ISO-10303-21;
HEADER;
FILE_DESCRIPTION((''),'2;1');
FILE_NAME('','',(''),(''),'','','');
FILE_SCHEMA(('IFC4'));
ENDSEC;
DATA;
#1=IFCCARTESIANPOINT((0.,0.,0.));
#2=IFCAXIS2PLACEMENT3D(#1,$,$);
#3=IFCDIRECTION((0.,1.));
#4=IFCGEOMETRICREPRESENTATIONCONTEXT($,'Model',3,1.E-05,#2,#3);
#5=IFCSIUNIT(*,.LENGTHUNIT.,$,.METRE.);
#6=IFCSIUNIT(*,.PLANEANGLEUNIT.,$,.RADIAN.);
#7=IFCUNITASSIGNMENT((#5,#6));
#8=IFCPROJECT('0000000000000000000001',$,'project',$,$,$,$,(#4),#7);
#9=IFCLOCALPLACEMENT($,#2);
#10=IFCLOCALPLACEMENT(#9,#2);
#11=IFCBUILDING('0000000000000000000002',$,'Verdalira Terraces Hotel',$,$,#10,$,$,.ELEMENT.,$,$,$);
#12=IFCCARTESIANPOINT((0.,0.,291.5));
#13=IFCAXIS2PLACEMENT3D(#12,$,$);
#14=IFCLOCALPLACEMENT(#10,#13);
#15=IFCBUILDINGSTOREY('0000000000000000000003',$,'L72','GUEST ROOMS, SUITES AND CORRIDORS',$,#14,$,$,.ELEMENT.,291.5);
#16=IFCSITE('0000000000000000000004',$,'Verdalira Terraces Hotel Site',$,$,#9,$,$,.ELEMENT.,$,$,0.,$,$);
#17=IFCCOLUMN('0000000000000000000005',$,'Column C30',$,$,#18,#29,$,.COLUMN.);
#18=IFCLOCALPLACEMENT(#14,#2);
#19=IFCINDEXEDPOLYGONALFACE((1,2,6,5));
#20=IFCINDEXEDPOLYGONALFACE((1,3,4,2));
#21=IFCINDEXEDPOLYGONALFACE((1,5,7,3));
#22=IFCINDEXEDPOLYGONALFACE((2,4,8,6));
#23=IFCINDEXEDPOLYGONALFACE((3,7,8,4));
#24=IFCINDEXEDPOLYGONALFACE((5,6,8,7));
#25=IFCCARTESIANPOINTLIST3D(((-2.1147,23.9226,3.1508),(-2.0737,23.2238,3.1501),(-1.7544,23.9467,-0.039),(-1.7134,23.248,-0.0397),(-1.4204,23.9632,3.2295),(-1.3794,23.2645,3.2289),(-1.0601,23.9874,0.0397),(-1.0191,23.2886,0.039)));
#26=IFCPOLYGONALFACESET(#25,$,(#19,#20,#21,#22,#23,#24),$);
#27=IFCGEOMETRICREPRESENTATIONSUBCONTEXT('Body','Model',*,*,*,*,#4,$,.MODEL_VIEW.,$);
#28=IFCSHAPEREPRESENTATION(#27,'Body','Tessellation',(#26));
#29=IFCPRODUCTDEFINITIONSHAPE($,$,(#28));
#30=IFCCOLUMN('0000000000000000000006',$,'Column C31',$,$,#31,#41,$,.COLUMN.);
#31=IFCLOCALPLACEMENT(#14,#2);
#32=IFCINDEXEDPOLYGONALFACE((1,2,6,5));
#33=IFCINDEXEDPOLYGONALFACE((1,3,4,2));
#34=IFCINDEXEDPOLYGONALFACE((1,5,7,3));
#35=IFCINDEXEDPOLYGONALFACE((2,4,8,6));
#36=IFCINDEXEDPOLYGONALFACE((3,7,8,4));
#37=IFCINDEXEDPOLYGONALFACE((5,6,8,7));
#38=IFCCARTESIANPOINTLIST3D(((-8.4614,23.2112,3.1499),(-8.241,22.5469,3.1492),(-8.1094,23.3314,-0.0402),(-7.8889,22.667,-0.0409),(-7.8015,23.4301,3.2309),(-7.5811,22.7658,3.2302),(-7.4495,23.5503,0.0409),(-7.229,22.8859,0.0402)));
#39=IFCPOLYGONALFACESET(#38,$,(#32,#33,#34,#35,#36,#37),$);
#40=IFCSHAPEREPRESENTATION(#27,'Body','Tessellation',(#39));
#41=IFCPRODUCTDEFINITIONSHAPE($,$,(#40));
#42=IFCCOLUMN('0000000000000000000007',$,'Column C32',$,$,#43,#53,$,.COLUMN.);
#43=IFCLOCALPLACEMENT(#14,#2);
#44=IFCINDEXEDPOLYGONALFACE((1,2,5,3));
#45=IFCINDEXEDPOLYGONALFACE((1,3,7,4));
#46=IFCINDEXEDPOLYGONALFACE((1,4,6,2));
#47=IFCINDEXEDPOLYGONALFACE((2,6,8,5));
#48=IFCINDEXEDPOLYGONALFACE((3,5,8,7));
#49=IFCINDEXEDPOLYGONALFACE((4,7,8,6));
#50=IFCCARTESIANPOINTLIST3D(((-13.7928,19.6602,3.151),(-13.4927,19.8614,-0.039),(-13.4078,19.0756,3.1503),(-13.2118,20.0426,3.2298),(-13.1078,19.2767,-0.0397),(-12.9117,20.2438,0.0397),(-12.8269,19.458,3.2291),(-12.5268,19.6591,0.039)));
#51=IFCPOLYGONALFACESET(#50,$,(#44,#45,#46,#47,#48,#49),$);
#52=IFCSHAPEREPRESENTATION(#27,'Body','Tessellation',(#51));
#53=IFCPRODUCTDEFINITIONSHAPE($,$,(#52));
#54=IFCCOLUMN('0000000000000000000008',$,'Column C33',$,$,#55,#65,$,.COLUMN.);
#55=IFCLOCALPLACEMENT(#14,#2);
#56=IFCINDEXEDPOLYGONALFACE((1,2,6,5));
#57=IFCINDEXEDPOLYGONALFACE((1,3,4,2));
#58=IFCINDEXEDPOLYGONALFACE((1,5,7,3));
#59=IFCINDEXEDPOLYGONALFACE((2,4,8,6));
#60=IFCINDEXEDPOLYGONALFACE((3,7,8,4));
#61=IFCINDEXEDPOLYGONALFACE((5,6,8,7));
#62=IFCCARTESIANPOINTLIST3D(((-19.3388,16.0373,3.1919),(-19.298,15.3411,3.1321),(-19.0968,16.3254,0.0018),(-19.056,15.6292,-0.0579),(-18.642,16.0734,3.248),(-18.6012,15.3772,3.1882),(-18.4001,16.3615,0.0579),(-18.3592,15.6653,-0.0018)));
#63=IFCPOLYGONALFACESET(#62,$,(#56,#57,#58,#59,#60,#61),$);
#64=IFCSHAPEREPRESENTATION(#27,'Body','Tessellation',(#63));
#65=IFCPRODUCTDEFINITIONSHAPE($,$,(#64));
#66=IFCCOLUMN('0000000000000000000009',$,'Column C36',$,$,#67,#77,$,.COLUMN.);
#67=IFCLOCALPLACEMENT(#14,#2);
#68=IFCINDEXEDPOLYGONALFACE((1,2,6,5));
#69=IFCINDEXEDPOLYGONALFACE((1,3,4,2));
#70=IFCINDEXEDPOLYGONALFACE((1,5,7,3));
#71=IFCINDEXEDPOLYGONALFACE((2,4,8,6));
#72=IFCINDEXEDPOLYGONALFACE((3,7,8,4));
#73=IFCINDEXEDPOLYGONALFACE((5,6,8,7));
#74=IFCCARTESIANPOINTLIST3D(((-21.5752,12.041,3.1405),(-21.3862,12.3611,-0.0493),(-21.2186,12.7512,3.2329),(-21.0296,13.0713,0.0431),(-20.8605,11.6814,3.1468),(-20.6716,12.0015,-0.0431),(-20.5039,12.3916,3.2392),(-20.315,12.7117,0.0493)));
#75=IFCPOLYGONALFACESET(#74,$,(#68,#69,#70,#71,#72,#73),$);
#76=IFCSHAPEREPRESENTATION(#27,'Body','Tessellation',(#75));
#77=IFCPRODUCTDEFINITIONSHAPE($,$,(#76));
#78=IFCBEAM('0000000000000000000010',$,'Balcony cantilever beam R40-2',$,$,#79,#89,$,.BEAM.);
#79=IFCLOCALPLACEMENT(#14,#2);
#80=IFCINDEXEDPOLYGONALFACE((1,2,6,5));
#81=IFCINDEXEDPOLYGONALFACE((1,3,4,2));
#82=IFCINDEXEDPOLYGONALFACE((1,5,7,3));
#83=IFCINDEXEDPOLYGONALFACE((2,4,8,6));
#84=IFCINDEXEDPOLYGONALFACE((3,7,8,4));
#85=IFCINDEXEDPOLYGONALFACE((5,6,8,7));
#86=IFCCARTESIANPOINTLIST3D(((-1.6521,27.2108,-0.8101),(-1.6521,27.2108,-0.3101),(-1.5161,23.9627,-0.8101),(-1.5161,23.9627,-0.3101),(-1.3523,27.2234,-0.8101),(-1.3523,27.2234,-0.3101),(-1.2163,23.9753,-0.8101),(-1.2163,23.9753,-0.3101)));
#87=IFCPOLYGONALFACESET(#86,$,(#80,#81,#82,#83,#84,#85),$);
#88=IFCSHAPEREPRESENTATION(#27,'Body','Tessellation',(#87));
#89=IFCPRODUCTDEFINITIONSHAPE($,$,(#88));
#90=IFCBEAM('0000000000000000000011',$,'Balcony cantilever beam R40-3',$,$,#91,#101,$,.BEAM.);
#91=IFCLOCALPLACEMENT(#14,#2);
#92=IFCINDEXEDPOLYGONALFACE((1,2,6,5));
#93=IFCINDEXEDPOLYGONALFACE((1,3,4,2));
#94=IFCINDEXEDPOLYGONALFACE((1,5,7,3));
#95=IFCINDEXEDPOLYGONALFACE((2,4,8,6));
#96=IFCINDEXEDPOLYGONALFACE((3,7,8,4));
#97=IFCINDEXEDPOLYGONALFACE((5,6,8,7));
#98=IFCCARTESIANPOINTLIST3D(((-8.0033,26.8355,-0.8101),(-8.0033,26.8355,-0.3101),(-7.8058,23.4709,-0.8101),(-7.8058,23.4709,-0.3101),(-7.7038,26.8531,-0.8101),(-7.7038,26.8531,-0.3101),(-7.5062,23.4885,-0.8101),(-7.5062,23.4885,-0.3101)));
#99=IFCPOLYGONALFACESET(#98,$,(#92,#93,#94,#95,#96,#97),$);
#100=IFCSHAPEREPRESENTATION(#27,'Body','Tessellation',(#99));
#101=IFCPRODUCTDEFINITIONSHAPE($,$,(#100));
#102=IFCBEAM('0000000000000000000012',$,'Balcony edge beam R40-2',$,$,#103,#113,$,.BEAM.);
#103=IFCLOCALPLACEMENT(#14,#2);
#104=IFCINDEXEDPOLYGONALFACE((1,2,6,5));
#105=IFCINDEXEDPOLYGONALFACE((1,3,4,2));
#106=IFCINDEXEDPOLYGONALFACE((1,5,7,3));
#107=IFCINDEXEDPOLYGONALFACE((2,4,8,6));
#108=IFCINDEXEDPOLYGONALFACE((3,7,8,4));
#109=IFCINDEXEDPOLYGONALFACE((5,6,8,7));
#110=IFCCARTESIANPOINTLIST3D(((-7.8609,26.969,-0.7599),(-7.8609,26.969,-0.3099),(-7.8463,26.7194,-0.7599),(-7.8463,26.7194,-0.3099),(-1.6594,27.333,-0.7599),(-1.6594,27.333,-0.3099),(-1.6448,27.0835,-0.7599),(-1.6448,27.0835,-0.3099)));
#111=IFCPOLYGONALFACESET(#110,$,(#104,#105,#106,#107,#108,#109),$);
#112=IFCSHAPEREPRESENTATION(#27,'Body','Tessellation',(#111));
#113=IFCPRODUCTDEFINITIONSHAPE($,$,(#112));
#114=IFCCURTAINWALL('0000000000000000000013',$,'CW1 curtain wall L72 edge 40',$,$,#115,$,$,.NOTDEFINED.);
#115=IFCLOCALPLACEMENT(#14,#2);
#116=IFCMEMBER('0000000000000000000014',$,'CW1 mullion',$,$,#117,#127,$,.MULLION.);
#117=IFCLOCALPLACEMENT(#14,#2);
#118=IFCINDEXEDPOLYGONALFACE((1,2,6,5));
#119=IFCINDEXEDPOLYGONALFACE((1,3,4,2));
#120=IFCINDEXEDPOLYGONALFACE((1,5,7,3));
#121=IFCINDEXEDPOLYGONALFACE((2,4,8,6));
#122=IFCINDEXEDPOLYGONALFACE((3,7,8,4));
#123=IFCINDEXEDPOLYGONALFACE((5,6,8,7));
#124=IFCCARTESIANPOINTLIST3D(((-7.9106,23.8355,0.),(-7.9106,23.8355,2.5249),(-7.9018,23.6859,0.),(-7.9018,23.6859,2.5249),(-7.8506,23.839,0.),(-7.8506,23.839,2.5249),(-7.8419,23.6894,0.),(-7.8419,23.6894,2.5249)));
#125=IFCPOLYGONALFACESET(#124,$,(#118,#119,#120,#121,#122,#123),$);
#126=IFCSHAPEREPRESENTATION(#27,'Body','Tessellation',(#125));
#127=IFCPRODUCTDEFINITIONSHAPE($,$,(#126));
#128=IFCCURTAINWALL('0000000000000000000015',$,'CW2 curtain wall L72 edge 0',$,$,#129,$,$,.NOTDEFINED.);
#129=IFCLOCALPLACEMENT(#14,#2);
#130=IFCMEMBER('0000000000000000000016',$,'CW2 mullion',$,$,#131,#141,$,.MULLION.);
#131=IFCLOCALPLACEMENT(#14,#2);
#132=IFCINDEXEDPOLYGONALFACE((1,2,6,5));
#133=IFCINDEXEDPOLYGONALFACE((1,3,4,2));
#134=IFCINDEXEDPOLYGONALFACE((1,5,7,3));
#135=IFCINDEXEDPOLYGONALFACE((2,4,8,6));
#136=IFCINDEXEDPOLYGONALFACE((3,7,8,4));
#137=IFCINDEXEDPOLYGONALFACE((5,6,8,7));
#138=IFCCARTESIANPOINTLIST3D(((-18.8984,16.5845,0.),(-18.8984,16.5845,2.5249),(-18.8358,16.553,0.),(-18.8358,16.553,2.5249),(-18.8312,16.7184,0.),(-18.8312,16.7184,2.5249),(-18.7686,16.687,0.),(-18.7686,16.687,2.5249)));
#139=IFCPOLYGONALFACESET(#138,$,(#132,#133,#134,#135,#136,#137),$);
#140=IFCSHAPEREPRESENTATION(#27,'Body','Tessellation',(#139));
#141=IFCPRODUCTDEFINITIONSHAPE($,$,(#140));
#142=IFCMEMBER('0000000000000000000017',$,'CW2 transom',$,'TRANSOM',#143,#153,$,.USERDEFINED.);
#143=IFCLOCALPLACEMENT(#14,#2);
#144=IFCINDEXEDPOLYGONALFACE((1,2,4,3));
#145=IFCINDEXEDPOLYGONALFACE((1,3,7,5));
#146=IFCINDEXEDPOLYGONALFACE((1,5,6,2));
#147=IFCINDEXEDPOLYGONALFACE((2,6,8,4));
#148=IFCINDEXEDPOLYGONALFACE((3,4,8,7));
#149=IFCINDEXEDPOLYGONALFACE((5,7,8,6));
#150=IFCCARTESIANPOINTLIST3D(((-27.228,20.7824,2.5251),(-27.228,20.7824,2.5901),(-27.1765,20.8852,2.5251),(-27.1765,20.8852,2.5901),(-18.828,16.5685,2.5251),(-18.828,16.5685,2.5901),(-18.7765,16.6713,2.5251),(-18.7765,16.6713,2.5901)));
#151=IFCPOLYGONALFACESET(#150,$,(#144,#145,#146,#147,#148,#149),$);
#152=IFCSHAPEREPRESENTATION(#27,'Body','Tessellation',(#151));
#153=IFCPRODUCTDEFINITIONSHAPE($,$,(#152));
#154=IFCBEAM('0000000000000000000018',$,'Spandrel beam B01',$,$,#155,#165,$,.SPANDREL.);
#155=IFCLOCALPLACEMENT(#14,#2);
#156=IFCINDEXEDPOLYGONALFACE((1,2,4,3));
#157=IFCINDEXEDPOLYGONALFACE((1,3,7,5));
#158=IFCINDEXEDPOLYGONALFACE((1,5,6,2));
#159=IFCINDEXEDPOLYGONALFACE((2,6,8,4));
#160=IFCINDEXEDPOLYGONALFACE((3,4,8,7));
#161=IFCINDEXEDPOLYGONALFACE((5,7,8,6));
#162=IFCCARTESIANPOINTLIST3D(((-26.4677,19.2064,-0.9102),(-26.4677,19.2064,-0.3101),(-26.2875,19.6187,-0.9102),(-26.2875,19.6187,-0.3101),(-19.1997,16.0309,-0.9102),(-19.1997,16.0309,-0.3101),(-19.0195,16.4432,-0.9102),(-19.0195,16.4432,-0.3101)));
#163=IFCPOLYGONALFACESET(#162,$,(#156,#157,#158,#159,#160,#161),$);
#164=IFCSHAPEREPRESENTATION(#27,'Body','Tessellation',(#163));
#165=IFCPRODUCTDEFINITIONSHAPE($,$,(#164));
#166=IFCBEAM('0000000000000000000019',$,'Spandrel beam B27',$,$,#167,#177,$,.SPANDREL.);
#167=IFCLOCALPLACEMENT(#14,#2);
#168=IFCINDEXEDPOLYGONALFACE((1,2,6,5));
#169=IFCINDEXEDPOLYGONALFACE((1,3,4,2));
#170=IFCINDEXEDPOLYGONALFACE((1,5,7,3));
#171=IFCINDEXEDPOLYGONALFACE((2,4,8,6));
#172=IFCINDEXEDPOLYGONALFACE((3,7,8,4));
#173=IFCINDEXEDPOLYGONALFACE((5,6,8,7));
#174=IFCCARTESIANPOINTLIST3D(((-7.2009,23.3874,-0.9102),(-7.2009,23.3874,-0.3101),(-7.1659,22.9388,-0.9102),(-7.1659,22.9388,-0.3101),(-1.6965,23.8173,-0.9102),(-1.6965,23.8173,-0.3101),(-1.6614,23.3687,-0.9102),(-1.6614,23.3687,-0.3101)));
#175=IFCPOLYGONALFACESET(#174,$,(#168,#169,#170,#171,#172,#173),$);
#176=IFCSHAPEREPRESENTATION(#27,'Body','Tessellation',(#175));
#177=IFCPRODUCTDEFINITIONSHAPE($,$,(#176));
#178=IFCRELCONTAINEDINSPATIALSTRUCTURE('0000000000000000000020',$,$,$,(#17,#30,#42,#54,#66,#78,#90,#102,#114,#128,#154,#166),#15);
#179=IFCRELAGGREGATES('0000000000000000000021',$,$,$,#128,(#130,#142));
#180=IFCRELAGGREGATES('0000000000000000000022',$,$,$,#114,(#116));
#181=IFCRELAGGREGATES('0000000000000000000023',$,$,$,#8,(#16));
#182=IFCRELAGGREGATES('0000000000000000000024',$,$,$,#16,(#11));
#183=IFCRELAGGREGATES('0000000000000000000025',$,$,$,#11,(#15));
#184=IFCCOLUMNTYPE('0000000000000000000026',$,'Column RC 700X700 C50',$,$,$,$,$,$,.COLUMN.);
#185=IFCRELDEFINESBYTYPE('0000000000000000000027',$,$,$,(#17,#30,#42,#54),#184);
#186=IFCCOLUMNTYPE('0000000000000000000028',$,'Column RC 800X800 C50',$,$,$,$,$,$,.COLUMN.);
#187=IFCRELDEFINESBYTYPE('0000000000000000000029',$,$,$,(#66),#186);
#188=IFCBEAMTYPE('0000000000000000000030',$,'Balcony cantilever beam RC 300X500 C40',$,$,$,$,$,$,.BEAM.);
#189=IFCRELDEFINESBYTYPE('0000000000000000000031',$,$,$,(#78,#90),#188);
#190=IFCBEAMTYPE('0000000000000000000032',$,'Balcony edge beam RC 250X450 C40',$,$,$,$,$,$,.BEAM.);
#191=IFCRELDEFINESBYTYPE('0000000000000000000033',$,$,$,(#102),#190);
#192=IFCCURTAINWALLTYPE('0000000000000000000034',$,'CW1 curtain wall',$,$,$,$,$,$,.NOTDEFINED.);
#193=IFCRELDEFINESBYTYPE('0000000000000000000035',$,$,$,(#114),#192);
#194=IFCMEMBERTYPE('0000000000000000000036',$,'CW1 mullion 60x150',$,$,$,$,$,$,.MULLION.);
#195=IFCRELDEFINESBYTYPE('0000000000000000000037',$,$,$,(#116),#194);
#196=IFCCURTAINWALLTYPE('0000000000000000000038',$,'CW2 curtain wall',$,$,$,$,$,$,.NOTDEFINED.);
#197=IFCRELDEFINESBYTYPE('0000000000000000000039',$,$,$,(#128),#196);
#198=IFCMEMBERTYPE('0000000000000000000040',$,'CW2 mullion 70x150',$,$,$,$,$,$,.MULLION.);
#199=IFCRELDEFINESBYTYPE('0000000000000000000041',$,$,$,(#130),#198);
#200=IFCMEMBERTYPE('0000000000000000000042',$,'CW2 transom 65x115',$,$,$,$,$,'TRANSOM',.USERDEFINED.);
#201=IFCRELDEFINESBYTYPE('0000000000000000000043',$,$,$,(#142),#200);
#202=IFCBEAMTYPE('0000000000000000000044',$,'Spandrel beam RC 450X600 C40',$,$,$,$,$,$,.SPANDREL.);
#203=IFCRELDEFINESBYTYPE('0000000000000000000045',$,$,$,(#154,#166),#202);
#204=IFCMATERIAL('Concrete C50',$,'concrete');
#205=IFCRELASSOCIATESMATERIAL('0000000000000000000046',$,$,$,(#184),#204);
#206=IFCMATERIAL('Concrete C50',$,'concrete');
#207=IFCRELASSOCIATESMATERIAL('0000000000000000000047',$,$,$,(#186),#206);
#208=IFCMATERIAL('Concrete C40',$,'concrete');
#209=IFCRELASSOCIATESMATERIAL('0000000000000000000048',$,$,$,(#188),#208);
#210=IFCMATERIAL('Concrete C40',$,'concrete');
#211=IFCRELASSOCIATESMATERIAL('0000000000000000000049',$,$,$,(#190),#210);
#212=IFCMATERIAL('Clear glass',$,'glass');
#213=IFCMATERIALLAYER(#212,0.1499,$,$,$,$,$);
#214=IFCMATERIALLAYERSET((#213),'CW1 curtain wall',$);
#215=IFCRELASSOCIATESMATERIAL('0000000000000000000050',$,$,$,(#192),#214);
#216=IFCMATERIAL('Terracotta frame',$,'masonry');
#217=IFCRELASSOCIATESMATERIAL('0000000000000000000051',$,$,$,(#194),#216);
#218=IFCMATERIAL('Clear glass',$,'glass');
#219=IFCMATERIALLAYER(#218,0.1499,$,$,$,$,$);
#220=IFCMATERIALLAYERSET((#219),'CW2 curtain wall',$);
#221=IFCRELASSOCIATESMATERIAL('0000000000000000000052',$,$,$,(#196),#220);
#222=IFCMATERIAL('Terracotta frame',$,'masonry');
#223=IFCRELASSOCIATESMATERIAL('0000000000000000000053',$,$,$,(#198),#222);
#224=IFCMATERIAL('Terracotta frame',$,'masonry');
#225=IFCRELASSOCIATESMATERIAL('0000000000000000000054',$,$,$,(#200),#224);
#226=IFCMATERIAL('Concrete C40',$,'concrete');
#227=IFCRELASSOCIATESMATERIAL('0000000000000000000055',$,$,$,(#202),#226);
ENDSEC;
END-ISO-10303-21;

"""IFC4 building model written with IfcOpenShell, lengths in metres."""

from ifc_helpers import new_model, si_unit, direction, frame, origin, origin_2d, place, context, subcontext, project, spatial, rectangle, extrude, material, layer, layer_set, material_profile, profile_set, type_object, element, aggregate, save


model = new_model("IFC4")

# Units and contexts
model_context = context("Model", 3, precision=1e-05, world=origin(), true_north=direction((0.0, 1.0)))
body_context = subcontext(model_context, "Body", "Model", "MODEL_VIEW")
ifc_project = project(units=[si_unit("LENGTHUNIT", "METRE"), si_unit("PLANEANGLEUNIT", "RADIAN")], contexts=[model_context])

# Site, building, storey
site_placement = place(None, origin())
site = spatial("IfcSite", under=ifc_project, at=site_placement, Name="Verdalira Terraces Hotel Site", CompositionType="ELEMENT", RefElevation=0.0)
building_placement = place(site_placement, origin())
building = spatial("IfcBuilding", under=site, at=building_placement, Name="Verdalira Terraces Hotel", CompositionType="ELEMENT")
storey_placement = place(building_placement, frame((0.0, 0.0, 291.5)))
storey = spatial("IfcBuildingStorey", under=building, at=storey_placement, Name="L72", Description="GUEST ROOMS, SUITES AND CORRIDORS", CompositionType="ELEMENT", Elevation=291.5)

# Columns
ifc_material_1 = material(Name="Concrete C50", Category="concrete")
ifc_material_profile_1 = material_profile(ifc_material_1, rectangle(XDim=0.7, YDim=0.7, at=origin_2d()), Name="RC 700X700")
ifc_profile_set_1 = profile_set([ifc_material_profile_1], Name="Concrete C50")
column_type_1 = type_object("IfcColumnType", Name="Column RC 700X700 C50", PredefinedType="COLUMN", material=ifc_profile_set_1)
column_1_placement = place(storey_placement, frame((-1.3867, 23.6177, 0.0), z_axis=(-0.112248, -0.007529, 0.993652), x_axis=(-0.991953, -0.058083, -0.112496)))
element("IfcColumn", 1, at=column_1_placement, inside=storey, type_object=column_type_1, Name="Column C30", PredefinedType="COLUMN", context=body_context, shape_type="SweptSolid", body=[
    extrude(rectangle(XDim=0.7, YDim=0.7, at=origin_2d()), origin(), (0.0, 0.0, 1.0), 3.2102),
])
column_2_placement = place(storey_placement, frame((-7.6692, 23.1086, 0.0), z_axis=(-0.10962, -0.037402, 0.99327), x_axis=(0.942748, 0.312748, 0.115821)))
element("IfcColumn", 2, at=column_2_placement, inside=storey, type_object=column_type_1, Name="Column C31", PredefinedType="COLUMN", context=body_context, shape_type="SweptSolid", body=[
    extrude(rectangle(XDim=0.7, YDim=0.7, at=origin_2d()), origin(), (0.0, 0.0, 1.0), 3.2117),
])
column_3_placement = place(storey_placement, frame((-13.0098, 19.7603, 0.0), z_axis=(-0.093464, -0.062664, 0.993649), x_axis=(-0.829983, -0.546322, -0.112522)))
element("IfcColumn", 3, at=column_3_placement, inside=storey, type_object=column_type_1, Name="Column C32", PredefinedType="COLUMN", context=body_context, shape_type="SweptSolid", body=[
    extrude(rectangle(XDim=0.7, YDim=0.7, at=origin_2d()), origin(), (0.0, 0.0, 1.0), 3.2104),
])
column_4_placement = place(storey_placement, frame((-18.728, 15.9954, 0.0), z_axis=(-0.075324, -0.089689, 0.993117), x_axis=(0.995452, 0.051489, 0.080151)))
element("IfcColumn", 4, at=column_4_placement, inside=storey, type_object=column_type_1, Name="Column C33", PredefinedType="COLUMN", context=body_context, shape_type="SweptSolid", body=[
    extrude(rectangle(XDim=0.7, YDim=0.7, at=origin_2d()), origin(), (0.0, 0.0, 1.0), 3.2122),
])
ifc_material_2 = material(Name="Concrete C50", Category="concrete")
ifc_material_profile_2 = material_profile(ifc_material_2, rectangle(XDim=0.8, YDim=0.8, at=origin_2d()), Name="RC 800X800")
ifc_profile_set_2 = profile_set([ifc_material_profile_2], Name="Concrete C50")
column_type_2 = type_object("IfcColumnType", Name="Column RC 800X800 C50", PredefinedType="COLUMN", material=ifc_profile_set_2)
column_5_placement = place(storey_placement, frame((-20.8506, 12.5364, 0.0), z_axis=(-0.05884, -0.099662, 0.99328), x_axis=(-0.893242, 0.449507, -0.007812)))
element("IfcColumn", 5, at=column_5_placement, inside=storey, type_object=column_type_2, Name="Column C36", PredefinedType="COLUMN", context=body_context, shape_type="SweptSolid", body=[
    extrude(rectangle(XDim=0.8, YDim=0.8, at=origin_2d()), origin(), (0.0, 0.0, 1.0), 3.2114),
])

# Beams
ifc_material_3 = material(Name="Concrete C40", Category="concrete")
ifc_material_profile_3 = material_profile(ifc_material_3, rectangle(XDim=0.3, YDim=0.5, at=origin_2d()), Name="RC 300X500")
ifc_profile_set_3 = profile_set([ifc_material_profile_3], Name="Concrete C40")
beam_type_1 = type_object("IfcBeamType", Name="Balcony cantilever beam RC 300X500 C40", PredefinedType="BEAM", material=ifc_profile_set_3)
beam_1_placement = place(storey_placement, frame((-1.3662, 23.969, -0.5601), z_axis=(-0.04183, 0.999125, 0.0), x_axis=(-0.999125, -0.04183, 0.0)))
element("IfcBeam", 6, at=beam_1_placement, inside=storey, type_object=beam_type_1, Name="Balcony cantilever beam R40-2", PredefinedType="BEAM", context=body_context, shape_type="SweptSolid", body=[
    extrude(rectangle(XDim=0.3, YDim=0.5, at=origin_2d()), origin(), (0.0, 0.0, 1.0), 3.251),
])
beam_2_placement = place(storey_placement, frame((-7.656, 23.4797, -0.5601), z_axis=(-0.058603, 0.998281, 0.0), x_axis=(-0.998281, -0.058603, 0.0)))
element("IfcBeam", 7, at=beam_2_placement, inside=storey, type_object=beam_type_1, Name="Balcony cantilever beam R40-3", PredefinedType="BEAM", context=body_context, shape_type="SweptSolid", body=[
    extrude(rectangle(XDim=0.3, YDim=0.5, at=origin_2d()), origin(), (0.0, 0.0, 1.0), 3.3704),
])
ifc_material_4 = material(Name="Concrete C40", Category="concrete")
ifc_material_profile_4 = material_profile(ifc_material_4, rectangle(XDim=0.25, YDim=0.45, at=origin_2d()), Name="RC 250X450")
ifc_profile_set_4 = profile_set([ifc_material_profile_4], Name="Concrete C40")
beam_type_2 = type_object("IfcBeamType", Name="Balcony edge beam RC 250X450 C40", PredefinedType="BEAM", material=ifc_profile_set_4)
beam_3_placement = place(storey_placement, frame((-1.6521, 27.2083, -0.5349), z_axis=(-0.998282, -0.058598, 0.0), x_axis=(0.058598, -0.998282, 0.0)))
element("IfcBeam", 8, at=beam_3_placement, inside=storey, type_object=beam_type_2, Name="Balcony edge beam R40-2", PredefinedType="BEAM", context=body_context, shape_type="SweptSolid", body=[
    extrude(rectangle(XDim=0.25, YDim=0.45, at=origin_2d()), origin(), (0.0, 0.0, 1.0), 6.2122),
])

# Curtain wall, member
ifc_material_5 = material(Name="Clear glass", Category="glass")
ifc_layer_1 = layer(ifc_material_5, 0.1499)
ifc_layer_set_1 = layer_set([ifc_layer_1], Name="CW1 curtain wall")
curtain_wall_type_1 = type_object("IfcCurtainWallType", Name="CW1 curtain wall", PredefinedType="NOTDEFINED", material=ifc_layer_set_1)
curtain_wall_1_placement = place(storey_placement, origin())
curtain_wall_1 = element("IfcCurtainWall", 9, at=curtain_wall_1_placement, inside=storey, type_object=curtain_wall_type_1, Name="CW1 curtain wall L72 edge 40", PredefinedType="NOTDEFINED")
ifc_material_6 = material(Name="Terracotta frame", Category="masonry")
ifc_material_profile_5 = material_profile(ifc_material_6, rectangle(XDim=0.0601, YDim=0.1499, at=origin_2d()), Name="MU 60x150")
ifc_profile_set_5 = profile_set([ifc_material_profile_5], Name="Terracotta frame")
member_type_1 = type_object("IfcMemberType", Name="CW1 mullion 60x150", PredefinedType="MULLION", material=ifc_profile_set_5)
member_1_placement = place(storey_placement, frame((-7.8762, 23.7625, 0.0), z_axis=(0.0, 0.0, 1.0), x_axis=(-0.998281, -0.058609, 0.0)))
member_1 = element("IfcMember", 10, at=member_1_placement, type_object=member_type_1, Name="CW1 mullion", PredefinedType="MULLION", context=body_context, shape_type="SweptSolid", body=[
    extrude(rectangle(XDim=0.0601, YDim=0.1499, at=origin_2d()), origin(), (0.0, 0.0, 1.0), 2.5249),
])

# Curtain wall, members
ifc_material_7 = material(Name="Clear glass", Category="glass")
ifc_layer_2 = layer(ifc_material_7, 0.1499)
ifc_layer_set_2 = layer_set([ifc_layer_2], Name="CW2 curtain wall")
curtain_wall_type_2 = type_object("IfcCurtainWallType", Name="CW2 curtain wall", PredefinedType="NOTDEFINED", material=ifc_layer_set_2)
curtain_wall_2_placement = place(storey_placement, origin())
curtain_wall_2 = element("IfcCurtainWall", 11, at=curtain_wall_2_placement, inside=storey, type_object=curtain_wall_type_2, Name="CW2 curtain wall L72 edge 0", PredefinedType="NOTDEFINED")
ifc_material_8 = material(Name="Terracotta frame", Category="masonry")
ifc_material_profile_6 = material_profile(ifc_material_8, rectangle(XDim=0.0701, YDim=0.1499, at=origin_2d()), Name="MU 70x150")
ifc_profile_set_6 = profile_set([ifc_material_profile_6], Name="Terracotta frame")
member_type_2 = type_object("IfcMemberType", Name="CW2 mullion 70x150", PredefinedType="MULLION", material=ifc_profile_set_6)
member_2_placement = place(storey_placement, frame((-18.8335, 16.6357, 0.0), z_axis=(0.0, 0.0, 1.0), x_axis=(-0.893841, 0.448383, 0.0)))
member_2 = element("IfcMember", 12, at=member_2_placement, type_object=member_type_2, Name="CW2 mullion", PredefinedType="MULLION", context=body_context, shape_type="SweptSolid", body=[
    extrude(rectangle(XDim=0.0701, YDim=0.1499, at=origin_2d()), origin(), (0.0, 0.0, 1.0), 2.5249),
])
ifc_material_9 = material(Name="Terracotta frame", Category="masonry")
ifc_material_profile_7 = material_profile(ifc_material_9, rectangle(XDim=0.115, YDim=0.0649, at=origin_2d()), Name="TR 65x115")
ifc_profile_set_7 = profile_set([ifc_material_profile_7], Name="Terracotta frame")
member_type_3 = type_object("IfcMemberType", Name="CW2 transom 65x115", ElementType="TRANSOM", PredefinedType="USERDEFINED", material=ifc_profile_set_7)
member_3_placement = place(storey_placement, frame((-18.8022, 16.6199, 2.5576), z_axis=(-0.893834, 0.448398, 0.0), x_axis=(-0.448398, -0.893834, 0.0)))
member_3 = element("IfcMember", 13, at=member_3_placement, type_object=member_type_3, Name="CW2 transom", ObjectType="TRANSOM", PredefinedType="USERDEFINED", context=body_context, shape_type="SweptSolid", body=[
    extrude(rectangle(XDim=0.115, YDim=0.0649, at=origin_2d()), origin(), (0.0, 0.0, 1.0), 9.3977),
])
aggregate(curtain_wall_2, [member_2, member_3])

# Beams
ifc_material_10 = material(Name="Concrete C40", Category="concrete")
ifc_material_profile_8 = material_profile(ifc_material_10, rectangle(XDim=0.45, YDim=0.6001, at=origin_2d()), Name="RC 450X600")
ifc_profile_set_8 = profile_set([ifc_material_profile_8], Name="Concrete C40")
beam_type_3 = type_object("IfcBeamType", Name="Spandrel beam RC 450X600 C40", PredefinedType="SPANDREL", material=ifc_profile_set_8)
beam_4_placement = place(storey_placement, frame((-19.1096, 16.2371, -0.6101), z_axis=(-0.916354, 0.40037, 0.0), x_axis=(-0.40037, -0.916354, 0.0)))
element("IfcBeam", 14, at=beam_4_placement, inside=storey, type_object=beam_type_3, Name="Spandrel beam B01", PredefinedType="SPANDREL", context=body_context, shape_type="SweptSolid", body=[
    extrude(rectangle(XDim=0.45, YDim=0.6001, at=origin_2d()), origin(), (0.0, 0.0, 1.0), 7.9314),
])
beam_5_placement = place(storey_placement, frame((-1.679, 23.593, -0.6101), z_axis=(-0.996964, -0.07787, 0.0), x_axis=(0.07787, -0.996964, 0.0)))
element("IfcBeam", 15, at=beam_5_placement, inside=storey, type_object=beam_type_3, Name="Spandrel beam B27", PredefinedType="SPANDREL", context=body_context, shape_type="SweptSolid", body=[
    extrude(rectangle(XDim=0.45, YDim=0.6001, at=origin_2d()), origin(), (0.0, 0.0, 1.0), 5.5212),
])

aggregate(curtain_wall_1, [member_1])

save(model, "model.ifc")
